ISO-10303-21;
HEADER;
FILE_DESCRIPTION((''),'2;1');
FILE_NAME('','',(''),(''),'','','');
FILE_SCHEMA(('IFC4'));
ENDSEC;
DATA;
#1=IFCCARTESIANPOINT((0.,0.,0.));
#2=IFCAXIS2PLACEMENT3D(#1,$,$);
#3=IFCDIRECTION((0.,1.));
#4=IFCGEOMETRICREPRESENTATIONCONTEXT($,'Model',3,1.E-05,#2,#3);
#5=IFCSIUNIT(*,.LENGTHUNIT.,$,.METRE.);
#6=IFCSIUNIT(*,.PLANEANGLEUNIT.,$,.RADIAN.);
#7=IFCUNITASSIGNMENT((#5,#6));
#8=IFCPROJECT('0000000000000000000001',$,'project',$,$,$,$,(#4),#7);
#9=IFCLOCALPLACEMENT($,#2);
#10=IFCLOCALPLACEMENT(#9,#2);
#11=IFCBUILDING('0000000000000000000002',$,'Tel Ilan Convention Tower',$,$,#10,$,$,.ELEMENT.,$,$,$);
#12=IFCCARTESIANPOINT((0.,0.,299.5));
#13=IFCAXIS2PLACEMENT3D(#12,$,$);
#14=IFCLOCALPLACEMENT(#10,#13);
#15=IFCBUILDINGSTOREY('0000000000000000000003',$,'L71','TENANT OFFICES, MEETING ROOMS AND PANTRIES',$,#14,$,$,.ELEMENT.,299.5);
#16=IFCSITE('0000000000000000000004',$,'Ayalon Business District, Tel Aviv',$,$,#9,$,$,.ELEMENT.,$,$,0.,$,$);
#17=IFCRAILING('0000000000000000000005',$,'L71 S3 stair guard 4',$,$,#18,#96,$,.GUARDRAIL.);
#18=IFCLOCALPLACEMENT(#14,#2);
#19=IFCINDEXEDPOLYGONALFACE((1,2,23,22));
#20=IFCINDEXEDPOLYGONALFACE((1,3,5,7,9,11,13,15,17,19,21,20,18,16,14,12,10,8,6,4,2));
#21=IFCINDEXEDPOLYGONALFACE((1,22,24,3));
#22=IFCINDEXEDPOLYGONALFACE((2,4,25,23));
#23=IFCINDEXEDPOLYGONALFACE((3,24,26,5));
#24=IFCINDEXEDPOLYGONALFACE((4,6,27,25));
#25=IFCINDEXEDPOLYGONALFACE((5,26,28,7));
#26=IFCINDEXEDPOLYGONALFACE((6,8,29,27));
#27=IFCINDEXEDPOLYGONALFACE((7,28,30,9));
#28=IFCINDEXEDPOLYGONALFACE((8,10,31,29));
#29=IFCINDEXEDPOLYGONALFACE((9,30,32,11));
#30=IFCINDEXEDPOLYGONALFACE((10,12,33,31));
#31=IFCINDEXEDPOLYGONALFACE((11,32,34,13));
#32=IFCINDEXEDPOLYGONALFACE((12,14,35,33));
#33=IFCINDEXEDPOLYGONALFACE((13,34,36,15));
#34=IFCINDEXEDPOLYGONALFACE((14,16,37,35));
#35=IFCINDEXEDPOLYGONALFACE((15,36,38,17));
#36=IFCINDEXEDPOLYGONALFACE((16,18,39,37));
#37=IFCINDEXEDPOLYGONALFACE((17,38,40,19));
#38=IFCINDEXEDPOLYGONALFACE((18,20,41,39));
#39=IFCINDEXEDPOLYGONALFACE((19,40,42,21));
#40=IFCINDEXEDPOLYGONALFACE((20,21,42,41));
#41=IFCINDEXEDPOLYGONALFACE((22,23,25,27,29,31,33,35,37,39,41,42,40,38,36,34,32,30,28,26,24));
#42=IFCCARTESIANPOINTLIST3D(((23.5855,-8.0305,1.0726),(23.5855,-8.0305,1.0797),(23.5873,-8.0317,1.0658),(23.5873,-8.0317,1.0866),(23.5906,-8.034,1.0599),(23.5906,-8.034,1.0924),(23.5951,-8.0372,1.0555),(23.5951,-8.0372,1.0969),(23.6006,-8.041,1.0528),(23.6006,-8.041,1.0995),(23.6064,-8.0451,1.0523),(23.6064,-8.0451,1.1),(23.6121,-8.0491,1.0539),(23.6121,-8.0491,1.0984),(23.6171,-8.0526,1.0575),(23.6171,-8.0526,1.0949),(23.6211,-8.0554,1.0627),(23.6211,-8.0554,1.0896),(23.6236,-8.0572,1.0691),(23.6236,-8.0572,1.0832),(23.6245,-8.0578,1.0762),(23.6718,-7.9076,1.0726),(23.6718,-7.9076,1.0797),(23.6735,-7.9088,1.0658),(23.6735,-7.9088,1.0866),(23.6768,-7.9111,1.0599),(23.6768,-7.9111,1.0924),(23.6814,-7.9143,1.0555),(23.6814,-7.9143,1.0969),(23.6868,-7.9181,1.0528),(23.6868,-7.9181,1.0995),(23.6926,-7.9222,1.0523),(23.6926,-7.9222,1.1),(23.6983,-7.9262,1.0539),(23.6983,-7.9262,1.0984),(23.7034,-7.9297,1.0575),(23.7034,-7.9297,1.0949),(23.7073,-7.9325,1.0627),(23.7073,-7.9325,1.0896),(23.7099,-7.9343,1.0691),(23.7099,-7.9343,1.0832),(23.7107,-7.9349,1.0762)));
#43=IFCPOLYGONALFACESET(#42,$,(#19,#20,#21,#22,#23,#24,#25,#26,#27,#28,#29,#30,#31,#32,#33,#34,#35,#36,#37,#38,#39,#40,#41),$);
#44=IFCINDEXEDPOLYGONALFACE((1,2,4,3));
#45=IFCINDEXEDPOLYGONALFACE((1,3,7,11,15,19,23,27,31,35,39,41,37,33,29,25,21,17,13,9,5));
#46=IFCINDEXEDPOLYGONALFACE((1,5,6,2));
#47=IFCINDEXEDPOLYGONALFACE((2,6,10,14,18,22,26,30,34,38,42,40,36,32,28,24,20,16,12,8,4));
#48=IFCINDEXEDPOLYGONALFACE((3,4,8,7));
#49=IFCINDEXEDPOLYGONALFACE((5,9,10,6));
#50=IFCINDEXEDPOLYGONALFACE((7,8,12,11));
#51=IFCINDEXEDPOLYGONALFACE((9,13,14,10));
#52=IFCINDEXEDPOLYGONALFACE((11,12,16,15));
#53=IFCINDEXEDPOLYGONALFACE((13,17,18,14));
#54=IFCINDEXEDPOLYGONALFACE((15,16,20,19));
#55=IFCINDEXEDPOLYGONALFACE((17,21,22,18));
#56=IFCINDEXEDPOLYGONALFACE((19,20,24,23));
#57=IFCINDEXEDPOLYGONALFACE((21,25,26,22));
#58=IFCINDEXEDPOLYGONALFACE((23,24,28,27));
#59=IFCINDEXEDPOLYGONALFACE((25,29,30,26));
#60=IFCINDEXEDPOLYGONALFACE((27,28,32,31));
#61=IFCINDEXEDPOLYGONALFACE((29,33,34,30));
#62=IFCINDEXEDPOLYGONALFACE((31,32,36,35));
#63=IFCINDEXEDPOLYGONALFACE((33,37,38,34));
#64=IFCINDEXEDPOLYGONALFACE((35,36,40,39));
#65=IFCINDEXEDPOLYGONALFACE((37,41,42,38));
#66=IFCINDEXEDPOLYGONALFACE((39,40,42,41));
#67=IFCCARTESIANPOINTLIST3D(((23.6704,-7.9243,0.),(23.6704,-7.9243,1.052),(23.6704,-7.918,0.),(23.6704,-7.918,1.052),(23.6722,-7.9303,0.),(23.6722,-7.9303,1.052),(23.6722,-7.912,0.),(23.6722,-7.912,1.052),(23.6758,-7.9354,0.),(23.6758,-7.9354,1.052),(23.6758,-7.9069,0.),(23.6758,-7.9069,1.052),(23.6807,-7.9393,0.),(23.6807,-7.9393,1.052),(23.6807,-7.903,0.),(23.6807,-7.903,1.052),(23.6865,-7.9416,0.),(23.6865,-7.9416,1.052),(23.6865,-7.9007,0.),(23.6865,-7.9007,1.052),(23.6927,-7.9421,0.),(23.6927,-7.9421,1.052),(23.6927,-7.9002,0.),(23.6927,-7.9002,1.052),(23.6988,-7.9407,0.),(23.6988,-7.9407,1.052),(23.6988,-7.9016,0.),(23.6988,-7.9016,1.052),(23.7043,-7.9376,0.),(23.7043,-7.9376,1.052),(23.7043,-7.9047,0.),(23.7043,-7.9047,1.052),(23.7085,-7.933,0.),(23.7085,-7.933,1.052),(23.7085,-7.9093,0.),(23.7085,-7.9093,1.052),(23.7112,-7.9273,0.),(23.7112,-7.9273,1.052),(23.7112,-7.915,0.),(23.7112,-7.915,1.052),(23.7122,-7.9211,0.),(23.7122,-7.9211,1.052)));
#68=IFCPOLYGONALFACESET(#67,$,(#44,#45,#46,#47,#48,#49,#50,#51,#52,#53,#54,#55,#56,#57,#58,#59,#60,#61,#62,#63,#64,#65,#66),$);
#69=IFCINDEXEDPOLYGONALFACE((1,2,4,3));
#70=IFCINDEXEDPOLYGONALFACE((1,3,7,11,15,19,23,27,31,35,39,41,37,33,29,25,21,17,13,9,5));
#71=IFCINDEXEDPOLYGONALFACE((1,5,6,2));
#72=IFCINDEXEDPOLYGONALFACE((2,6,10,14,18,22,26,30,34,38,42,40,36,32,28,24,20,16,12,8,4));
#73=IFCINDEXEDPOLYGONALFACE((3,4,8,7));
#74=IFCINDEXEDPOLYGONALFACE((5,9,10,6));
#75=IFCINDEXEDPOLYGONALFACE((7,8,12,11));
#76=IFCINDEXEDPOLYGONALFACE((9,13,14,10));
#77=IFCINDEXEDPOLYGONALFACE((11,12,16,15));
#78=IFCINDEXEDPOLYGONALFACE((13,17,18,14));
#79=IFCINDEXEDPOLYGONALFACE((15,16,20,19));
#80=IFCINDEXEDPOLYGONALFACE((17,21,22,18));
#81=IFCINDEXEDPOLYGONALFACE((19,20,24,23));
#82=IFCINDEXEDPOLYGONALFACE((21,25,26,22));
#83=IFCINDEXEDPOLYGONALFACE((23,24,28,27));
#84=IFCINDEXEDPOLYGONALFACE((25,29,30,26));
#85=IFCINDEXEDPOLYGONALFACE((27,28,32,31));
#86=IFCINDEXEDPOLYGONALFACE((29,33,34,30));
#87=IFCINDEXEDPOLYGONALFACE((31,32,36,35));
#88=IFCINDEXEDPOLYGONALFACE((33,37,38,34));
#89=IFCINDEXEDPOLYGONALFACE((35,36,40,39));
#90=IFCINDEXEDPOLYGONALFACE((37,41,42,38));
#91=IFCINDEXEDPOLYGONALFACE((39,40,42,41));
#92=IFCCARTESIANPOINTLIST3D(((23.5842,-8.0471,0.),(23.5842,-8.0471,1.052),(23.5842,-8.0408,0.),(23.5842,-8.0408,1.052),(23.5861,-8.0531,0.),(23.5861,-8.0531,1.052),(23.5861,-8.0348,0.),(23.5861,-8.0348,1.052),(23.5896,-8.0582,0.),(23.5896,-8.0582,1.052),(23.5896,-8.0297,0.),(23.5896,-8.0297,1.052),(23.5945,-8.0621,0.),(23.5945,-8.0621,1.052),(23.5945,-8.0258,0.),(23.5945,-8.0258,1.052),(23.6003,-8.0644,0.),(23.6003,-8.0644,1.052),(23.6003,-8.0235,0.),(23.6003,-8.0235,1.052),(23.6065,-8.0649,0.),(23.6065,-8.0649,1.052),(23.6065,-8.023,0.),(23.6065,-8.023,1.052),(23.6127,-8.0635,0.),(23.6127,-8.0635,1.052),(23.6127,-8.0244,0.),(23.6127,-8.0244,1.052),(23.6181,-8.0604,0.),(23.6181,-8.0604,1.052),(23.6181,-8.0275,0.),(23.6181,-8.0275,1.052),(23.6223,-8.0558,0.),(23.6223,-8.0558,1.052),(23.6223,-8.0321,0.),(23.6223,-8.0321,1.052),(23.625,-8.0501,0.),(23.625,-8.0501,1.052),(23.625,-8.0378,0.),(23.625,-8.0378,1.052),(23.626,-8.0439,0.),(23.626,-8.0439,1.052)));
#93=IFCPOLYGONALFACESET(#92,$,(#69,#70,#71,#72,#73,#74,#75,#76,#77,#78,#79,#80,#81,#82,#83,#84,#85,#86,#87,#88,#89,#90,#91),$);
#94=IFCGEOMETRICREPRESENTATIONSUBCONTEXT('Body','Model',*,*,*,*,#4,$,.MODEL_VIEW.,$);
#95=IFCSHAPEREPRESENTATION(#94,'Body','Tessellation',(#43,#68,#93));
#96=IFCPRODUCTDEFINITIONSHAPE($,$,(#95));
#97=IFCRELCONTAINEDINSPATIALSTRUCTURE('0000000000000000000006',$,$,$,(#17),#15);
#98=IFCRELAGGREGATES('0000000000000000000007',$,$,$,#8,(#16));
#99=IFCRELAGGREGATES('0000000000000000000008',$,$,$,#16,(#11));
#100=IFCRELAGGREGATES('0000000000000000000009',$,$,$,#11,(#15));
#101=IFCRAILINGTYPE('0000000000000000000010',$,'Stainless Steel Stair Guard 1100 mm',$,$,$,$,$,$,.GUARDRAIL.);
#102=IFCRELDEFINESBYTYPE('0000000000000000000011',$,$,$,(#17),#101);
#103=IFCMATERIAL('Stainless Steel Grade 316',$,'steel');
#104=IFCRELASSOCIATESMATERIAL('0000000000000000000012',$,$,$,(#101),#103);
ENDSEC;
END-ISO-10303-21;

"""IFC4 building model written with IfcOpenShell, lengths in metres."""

from ifc_helpers import new_model, si_unit, direction, frame, origin, origin_2d, place, context, subcontext, project, spatial, circle, extrude, material, type_object, element, save


model = new_model("IFC4")

# Units and contexts
model_context = context("Model", 3, precision=1e-05, world=origin(), true_north=direction((0.0, 1.0)))
body_context = subcontext(model_context, "Body", "Model", "MODEL_VIEW")
ifc_project = project(units=[si_unit("LENGTHUNIT", "METRE"), si_unit("PLANEANGLEUNIT", "RADIAN")], contexts=[model_context])

# Site, building, storey
site_placement = place(None, origin())
site = spatial("IfcSite", under=ifc_project, at=site_placement, Name="Ayalon Business District, Tel Aviv", CompositionType="ELEMENT", RefElevation=0.0)
building_placement = place(site_placement, origin())
building = spatial("IfcBuilding", under=site, at=building_placement, Name="Tel Ilan Convention Tower", CompositionType="ELEMENT")
storey_placement = place(building_placement, frame((0.0, 0.0, 299.5)))
storey = spatial("IfcBuildingStorey", under=building, at=storey_placement, Name="L71", Description="TENANT OFFICES, MEETING ROOMS AND PANTRIES", CompositionType="ELEMENT", Elevation=299.5)

# Railing
ifc_material_1 = material(Name="Stainless Steel Grade 316", Category="steel")
railing_type_1 = type_object("IfcRailingType", Name="Stainless Steel Stair Guard 1100 mm", PredefinedType="GUARDRAIL", material=ifc_material_1)
railing_1_placement = place(storey_placement, frame((23.6912, -7.9211, 0.0)))
element("IfcRailing", 1, at=railing_1_placement, inside=storey, type_object=railing_type_1, Name="L71 S3 stair guard 4", PredefinedType="GUARDRAIL", context=body_context, shape_type="SweptSolid", body=[
    extrude(circle(Radius=0.0239, at=origin_2d()), frame((0.0, 0.0, 1.0762), z_axis=(-0.574445, -0.818543, 0.0), x_axis=(0.818543, -0.574445, 0.0)), (0.0, 0.0, 1.0), 0.1501),
    extrude(circle(Radius=0.021, at=origin_2d()), origin(), (0.0, 0.0, 1.0), 1.052),
    extrude(circle(Radius=0.021, at=origin_2d()), frame((-0.0862, -0.1228, 0.0)), (0.0, 0.0, 1.0), 1.052),
])

save(model, "model.ifc")
